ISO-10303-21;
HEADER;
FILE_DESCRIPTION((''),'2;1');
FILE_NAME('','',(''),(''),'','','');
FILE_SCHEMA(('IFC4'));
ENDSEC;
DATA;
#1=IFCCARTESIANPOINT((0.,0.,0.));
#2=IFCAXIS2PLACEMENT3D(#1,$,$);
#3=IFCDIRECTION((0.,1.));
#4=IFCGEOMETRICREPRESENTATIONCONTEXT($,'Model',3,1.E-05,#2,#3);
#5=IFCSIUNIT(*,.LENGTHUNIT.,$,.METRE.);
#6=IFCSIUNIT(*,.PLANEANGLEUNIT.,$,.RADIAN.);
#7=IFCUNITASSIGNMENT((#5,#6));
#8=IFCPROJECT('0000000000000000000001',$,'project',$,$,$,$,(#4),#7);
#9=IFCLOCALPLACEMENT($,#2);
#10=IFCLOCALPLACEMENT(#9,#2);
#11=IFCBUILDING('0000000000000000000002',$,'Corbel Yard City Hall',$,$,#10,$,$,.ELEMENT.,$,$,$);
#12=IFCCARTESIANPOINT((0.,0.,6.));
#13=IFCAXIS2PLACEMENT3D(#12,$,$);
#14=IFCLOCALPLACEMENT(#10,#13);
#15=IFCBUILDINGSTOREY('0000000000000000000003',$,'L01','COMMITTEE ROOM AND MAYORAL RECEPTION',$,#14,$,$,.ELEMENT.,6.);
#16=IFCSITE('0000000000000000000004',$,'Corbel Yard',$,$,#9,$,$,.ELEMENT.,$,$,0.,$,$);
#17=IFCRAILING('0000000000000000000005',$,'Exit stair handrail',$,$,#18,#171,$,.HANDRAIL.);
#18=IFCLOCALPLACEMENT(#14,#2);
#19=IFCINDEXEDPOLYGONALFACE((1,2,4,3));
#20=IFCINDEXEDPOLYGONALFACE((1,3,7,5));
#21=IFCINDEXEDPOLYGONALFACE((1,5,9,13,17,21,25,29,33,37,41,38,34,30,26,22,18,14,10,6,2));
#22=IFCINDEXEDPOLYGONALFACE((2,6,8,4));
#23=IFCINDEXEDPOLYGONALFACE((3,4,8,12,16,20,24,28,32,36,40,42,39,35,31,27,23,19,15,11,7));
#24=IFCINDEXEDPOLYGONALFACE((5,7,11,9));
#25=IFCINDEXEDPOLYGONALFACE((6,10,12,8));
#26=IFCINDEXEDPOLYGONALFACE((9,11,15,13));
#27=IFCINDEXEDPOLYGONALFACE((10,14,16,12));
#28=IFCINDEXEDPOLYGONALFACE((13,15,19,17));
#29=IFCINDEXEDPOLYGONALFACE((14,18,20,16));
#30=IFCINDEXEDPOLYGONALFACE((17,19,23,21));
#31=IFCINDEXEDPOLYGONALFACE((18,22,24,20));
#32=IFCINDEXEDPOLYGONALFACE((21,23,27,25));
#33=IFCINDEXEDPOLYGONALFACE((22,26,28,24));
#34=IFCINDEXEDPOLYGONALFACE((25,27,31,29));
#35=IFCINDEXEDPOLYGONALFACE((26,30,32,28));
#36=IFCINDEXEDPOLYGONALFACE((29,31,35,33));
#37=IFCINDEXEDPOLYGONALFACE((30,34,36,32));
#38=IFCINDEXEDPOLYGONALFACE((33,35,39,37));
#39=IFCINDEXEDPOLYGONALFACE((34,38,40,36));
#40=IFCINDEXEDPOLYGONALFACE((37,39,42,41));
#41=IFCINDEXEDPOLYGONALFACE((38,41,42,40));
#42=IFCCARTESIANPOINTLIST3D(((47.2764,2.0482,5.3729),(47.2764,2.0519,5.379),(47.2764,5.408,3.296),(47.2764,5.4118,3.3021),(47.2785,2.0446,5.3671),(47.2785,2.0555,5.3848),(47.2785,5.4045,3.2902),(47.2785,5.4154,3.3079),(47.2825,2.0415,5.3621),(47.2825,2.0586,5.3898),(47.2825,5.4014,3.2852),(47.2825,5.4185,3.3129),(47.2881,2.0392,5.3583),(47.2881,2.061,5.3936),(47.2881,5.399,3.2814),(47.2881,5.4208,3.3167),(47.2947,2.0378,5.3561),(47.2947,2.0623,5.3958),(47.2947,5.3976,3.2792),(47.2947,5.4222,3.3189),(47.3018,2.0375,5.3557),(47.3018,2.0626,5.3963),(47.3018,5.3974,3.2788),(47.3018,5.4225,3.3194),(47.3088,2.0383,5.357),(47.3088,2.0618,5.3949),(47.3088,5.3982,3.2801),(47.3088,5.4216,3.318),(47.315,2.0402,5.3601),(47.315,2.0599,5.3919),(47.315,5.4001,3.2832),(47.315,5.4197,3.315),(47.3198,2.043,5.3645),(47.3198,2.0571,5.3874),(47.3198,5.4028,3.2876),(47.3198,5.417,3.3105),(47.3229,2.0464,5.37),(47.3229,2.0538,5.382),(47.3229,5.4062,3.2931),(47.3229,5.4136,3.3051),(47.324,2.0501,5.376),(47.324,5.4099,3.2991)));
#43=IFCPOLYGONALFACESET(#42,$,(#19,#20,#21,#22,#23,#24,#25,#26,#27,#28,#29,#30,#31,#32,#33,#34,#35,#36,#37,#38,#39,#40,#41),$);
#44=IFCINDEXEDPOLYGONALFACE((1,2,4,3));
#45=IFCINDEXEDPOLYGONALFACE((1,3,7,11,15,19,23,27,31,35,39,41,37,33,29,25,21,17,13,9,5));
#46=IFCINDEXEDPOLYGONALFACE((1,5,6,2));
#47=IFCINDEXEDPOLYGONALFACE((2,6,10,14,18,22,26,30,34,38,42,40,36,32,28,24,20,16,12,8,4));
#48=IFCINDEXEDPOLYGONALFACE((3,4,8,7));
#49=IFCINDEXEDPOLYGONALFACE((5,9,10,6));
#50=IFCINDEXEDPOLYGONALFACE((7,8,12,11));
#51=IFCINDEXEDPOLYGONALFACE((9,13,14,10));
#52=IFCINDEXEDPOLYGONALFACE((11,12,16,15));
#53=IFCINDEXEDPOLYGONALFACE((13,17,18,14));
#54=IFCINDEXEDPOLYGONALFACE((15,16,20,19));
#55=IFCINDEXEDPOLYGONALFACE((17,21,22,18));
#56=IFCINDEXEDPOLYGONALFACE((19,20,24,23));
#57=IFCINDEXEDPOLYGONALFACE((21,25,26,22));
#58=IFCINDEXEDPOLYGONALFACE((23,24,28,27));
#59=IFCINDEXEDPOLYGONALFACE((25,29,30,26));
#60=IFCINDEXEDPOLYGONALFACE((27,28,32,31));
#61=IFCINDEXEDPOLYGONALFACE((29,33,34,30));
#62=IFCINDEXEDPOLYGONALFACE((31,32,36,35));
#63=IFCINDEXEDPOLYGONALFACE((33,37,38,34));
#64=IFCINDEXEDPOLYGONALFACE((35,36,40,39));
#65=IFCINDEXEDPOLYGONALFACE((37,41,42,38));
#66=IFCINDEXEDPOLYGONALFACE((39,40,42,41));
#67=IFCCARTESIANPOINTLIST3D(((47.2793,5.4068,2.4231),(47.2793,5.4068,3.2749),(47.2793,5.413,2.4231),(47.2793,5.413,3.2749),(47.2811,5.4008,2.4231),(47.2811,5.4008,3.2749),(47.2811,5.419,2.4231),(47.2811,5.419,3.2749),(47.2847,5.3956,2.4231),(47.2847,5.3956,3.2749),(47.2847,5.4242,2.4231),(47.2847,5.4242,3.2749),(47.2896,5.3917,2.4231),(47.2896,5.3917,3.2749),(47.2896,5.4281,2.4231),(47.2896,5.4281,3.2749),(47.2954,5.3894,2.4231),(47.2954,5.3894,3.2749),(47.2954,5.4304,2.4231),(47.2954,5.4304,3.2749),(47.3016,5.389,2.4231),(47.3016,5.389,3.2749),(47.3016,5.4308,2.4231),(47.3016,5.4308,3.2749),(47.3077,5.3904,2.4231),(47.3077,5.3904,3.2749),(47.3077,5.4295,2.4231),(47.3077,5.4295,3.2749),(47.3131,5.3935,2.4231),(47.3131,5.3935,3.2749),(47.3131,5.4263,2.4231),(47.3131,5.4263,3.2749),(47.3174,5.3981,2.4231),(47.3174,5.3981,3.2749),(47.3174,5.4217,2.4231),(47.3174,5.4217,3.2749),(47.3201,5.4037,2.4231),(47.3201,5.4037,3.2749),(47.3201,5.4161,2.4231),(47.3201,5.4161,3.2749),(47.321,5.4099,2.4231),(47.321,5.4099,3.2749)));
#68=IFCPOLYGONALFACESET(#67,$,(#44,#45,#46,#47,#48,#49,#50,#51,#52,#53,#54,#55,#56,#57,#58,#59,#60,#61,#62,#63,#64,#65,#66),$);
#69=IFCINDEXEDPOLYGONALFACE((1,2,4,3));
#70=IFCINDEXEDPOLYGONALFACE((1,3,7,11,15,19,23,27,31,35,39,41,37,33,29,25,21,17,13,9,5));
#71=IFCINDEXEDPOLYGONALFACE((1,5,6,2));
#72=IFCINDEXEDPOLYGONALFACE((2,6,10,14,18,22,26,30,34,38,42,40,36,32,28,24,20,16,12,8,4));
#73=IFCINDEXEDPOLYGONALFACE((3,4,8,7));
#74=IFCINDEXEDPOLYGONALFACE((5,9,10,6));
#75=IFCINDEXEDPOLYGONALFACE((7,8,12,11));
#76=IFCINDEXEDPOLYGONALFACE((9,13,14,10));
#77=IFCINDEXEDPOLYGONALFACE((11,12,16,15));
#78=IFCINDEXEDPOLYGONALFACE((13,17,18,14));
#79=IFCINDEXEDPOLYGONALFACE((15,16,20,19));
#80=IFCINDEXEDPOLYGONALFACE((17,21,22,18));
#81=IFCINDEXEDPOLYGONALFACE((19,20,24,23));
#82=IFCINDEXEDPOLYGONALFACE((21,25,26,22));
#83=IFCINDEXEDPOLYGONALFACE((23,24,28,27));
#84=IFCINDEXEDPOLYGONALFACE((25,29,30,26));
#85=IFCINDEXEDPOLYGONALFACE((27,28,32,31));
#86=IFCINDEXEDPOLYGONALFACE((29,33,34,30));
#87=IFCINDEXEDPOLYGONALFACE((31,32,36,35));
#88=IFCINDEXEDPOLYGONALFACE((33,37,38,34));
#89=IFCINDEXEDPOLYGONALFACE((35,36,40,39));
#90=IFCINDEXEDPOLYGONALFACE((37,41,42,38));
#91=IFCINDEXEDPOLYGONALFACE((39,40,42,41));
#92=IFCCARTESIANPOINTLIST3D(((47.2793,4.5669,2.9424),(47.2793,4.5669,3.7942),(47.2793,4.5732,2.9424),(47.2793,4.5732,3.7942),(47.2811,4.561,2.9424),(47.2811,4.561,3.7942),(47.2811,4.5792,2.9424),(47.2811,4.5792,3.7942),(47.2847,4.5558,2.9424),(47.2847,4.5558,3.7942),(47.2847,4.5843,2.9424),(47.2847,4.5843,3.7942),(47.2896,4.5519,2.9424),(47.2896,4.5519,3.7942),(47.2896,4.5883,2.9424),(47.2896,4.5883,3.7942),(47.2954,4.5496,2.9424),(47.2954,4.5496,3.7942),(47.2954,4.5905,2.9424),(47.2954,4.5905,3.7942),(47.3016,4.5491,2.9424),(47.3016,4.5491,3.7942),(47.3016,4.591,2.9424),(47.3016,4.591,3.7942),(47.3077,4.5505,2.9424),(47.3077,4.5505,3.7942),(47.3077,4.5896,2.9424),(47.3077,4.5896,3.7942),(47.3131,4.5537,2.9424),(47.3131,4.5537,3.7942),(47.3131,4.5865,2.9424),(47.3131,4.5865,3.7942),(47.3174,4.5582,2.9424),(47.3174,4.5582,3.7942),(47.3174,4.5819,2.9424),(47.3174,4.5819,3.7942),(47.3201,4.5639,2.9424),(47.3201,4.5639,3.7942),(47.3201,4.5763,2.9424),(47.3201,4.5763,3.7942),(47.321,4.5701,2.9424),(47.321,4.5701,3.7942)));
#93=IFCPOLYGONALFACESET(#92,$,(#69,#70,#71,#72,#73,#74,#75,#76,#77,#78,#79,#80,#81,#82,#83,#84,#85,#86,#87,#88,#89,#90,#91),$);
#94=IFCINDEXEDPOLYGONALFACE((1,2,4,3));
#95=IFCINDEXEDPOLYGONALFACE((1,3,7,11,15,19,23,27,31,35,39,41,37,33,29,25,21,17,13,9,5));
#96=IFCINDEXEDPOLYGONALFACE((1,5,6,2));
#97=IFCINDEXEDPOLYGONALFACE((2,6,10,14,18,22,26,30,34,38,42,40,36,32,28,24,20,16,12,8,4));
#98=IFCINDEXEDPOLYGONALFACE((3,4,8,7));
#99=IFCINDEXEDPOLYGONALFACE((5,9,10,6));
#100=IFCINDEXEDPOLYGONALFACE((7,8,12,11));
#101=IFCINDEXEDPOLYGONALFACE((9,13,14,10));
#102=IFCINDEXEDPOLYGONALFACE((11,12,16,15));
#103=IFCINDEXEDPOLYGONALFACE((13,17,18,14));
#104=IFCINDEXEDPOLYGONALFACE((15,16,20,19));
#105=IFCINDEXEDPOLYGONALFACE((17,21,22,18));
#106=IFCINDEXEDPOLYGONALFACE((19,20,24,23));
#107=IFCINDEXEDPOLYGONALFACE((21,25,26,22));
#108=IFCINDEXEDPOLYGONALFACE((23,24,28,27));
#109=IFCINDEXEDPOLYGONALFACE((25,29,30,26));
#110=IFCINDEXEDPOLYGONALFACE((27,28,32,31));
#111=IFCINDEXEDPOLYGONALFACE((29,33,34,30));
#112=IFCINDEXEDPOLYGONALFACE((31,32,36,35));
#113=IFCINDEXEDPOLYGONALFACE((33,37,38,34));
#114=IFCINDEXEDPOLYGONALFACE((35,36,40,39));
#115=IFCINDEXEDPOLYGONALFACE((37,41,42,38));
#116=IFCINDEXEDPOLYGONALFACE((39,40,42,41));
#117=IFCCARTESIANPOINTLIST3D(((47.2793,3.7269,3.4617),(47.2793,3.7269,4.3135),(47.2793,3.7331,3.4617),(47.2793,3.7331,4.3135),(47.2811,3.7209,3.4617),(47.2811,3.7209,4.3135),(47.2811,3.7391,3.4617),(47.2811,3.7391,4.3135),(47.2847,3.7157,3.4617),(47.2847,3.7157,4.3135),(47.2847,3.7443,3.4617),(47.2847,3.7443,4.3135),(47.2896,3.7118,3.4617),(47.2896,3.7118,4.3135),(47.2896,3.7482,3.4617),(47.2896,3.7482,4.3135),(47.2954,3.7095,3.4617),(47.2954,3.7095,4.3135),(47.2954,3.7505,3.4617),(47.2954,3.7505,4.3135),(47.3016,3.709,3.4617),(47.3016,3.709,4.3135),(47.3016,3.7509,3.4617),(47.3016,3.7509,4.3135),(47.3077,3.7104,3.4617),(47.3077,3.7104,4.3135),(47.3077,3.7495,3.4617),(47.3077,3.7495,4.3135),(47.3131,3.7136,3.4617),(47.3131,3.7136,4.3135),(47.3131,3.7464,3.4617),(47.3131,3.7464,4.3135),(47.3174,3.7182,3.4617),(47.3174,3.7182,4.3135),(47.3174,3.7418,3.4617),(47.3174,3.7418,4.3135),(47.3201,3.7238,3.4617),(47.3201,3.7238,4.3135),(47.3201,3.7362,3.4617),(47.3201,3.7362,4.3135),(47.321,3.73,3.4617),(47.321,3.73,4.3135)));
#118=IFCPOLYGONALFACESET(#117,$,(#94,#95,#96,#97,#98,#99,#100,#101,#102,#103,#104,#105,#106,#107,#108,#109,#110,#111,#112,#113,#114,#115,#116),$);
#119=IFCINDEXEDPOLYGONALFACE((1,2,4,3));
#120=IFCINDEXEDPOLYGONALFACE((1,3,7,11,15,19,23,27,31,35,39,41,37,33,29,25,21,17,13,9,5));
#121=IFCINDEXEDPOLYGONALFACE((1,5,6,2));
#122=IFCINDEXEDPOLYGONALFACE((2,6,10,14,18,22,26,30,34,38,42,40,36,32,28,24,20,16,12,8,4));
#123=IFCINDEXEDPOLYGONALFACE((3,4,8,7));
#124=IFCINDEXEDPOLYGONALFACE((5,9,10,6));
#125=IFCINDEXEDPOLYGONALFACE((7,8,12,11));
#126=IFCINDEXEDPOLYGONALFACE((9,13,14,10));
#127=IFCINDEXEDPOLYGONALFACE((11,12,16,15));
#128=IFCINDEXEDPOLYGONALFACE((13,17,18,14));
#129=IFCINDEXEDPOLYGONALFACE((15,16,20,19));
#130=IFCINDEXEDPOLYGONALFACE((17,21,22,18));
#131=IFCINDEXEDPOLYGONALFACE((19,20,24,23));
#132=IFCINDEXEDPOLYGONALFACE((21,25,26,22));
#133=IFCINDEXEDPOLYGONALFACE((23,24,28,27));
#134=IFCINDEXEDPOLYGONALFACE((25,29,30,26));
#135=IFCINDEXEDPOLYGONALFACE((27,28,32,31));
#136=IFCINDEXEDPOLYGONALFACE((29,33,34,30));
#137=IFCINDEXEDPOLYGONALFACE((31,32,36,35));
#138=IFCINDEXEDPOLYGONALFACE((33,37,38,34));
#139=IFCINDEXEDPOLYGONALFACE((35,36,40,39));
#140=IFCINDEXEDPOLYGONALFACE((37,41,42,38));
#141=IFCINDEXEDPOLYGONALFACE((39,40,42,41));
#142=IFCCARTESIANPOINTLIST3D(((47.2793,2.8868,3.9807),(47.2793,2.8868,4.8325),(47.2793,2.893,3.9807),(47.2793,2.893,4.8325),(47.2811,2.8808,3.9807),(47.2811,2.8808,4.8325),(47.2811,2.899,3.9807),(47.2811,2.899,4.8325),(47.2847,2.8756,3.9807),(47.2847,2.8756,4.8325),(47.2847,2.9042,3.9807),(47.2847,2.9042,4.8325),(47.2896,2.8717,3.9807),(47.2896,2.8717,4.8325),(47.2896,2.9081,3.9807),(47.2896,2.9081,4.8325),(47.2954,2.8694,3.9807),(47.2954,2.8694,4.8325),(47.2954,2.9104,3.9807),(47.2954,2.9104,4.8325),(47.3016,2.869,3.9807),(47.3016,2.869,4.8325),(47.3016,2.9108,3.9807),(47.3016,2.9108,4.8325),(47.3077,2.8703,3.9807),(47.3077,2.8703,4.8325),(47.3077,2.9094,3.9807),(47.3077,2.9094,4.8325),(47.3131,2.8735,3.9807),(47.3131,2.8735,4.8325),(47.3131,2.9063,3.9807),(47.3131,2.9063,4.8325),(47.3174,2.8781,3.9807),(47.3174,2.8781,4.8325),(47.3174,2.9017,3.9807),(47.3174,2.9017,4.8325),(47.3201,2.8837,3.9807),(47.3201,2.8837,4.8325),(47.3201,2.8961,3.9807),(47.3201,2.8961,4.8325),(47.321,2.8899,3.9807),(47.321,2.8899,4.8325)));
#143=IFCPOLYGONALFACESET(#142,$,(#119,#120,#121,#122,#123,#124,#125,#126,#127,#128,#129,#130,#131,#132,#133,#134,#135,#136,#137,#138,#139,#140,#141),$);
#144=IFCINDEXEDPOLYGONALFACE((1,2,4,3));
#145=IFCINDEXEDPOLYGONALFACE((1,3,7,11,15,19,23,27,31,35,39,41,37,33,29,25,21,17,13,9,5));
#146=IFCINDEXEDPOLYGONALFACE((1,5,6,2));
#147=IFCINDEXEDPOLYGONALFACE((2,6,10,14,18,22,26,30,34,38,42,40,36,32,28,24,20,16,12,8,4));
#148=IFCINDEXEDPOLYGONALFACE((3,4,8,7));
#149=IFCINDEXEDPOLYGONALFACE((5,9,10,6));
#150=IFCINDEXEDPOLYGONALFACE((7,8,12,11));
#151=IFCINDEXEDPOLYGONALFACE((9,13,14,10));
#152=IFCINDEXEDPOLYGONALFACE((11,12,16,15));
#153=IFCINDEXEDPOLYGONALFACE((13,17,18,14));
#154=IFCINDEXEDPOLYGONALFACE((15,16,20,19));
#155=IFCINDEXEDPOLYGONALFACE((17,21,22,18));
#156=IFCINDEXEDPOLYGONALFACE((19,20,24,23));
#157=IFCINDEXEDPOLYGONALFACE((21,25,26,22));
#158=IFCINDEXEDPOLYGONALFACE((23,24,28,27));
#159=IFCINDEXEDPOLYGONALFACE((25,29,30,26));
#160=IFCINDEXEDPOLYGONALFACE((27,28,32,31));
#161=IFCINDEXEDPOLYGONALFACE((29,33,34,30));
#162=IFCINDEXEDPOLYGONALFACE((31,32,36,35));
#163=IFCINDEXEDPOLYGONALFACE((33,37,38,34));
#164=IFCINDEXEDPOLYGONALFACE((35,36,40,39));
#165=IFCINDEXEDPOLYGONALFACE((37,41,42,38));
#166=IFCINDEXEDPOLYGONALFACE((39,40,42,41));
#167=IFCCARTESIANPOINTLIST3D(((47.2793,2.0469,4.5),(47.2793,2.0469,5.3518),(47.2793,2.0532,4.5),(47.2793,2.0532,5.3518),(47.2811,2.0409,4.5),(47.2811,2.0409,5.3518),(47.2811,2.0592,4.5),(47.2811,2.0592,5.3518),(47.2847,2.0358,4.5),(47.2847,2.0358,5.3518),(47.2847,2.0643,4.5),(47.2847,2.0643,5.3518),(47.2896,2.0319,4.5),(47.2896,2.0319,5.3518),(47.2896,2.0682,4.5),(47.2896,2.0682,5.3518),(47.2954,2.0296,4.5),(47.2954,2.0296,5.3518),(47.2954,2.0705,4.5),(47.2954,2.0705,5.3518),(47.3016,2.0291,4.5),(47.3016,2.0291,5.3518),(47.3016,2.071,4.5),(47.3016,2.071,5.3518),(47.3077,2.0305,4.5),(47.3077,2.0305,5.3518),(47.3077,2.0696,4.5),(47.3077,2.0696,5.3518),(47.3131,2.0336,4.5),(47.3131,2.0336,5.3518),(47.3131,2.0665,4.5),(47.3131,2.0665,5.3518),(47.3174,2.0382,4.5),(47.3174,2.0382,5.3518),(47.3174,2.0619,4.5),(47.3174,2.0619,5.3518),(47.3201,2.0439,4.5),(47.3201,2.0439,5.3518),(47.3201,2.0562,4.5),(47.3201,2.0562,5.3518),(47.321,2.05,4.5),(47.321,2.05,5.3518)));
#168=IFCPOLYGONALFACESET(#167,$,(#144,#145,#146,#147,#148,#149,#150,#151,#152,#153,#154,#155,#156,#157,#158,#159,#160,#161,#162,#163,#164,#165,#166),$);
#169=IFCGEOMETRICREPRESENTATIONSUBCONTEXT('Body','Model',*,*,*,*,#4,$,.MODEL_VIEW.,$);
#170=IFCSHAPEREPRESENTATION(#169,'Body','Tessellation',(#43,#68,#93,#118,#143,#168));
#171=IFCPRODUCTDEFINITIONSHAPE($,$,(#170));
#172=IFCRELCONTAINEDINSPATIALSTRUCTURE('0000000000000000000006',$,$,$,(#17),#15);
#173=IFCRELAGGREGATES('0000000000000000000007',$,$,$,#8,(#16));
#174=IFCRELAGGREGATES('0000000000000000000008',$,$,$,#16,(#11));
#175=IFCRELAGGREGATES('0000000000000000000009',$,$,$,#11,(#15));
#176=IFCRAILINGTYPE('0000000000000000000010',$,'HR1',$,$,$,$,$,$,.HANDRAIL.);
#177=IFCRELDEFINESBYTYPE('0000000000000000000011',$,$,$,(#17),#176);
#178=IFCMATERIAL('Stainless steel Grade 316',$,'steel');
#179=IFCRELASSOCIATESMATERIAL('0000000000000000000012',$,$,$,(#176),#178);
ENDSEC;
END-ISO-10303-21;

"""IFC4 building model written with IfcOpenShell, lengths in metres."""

from ifc_helpers import new_model, si_unit, direction, frame, origin, origin_2d, place, context, subcontext, project, spatial, circle, extrude, material, type_object, element, save


model = new_model("IFC4")

# Units and contexts
model_context = context("Model", 3, precision=1e-05, world=origin(), true_north=direction((0.0, 1.0)))
body_context = subcontext(model_context, "Body", "Model", "MODEL_VIEW")
ifc_project = project(units=[si_unit("LENGTHUNIT", "METRE"), si_unit("PLANEANGLEUNIT", "RADIAN")], contexts=[model_context])

# Site, building, storey
site_placement = place(None, origin())
site = spatial("IfcSite", under=ifc_project, at=site_placement, Name="Corbel Yard", CompositionType="ELEMENT", RefElevation=0.0)
building_placement = place(site_placement, origin())
building = spatial("IfcBuilding", under=site, at=building_placement, Name="Corbel Yard City Hall", CompositionType="ELEMENT")
storey_placement = place(building_placement, frame((0.0, 0.0, 6.0)))
storey = spatial("IfcBuildingStorey", under=building, at=storey_placement, Name="L01", Description="COMMITTEE ROOM AND MAYORAL RECEPTION", CompositionType="ELEMENT", Elevation=6.0)

# Shared definitions
ifc_material_1 = material(Name="Stainless steel Grade 316", Category="steel")

# Railing
railing_type = type_object("IfcRailingType", Name="HR1", PredefinedType="HANDRAIL", material=ifc_material_1)
for number, where, name in (
    (1, (47.3, 5.4099, 2.4231), "Exit stair handrail"),
):
    element("IfcRailing", number, at=place(storey_placement, frame(where)), inside=storey, type_object=railing_type, Name=name, PredefinedType="HANDRAIL", context=body_context, shape_type="SweptSolid", body=[
        extrude(circle(Radius=0.0239, at=origin_2d()), frame((0.0, 0.0, 0.876), z_axis=(0.0, -0.850606, 0.525803), x_axis=(1.0, 0.0, 0.0)), (0.0, 0.0, 1.0), 3.95),
        extrude(circle(Radius=0.021, at=origin_2d()), origin(), (0.0, 0.0, 1.0), 0.8518),
        extrude(circle(Radius=0.021, at=origin_2d()), frame((0.0, -0.8398, 0.5193)), (0.0, 0.0, 1.0), 0.8518),
        extrude(circle(Radius=0.021, at=origin_2d()), frame((0.0, -1.6799, 1.0386)), (0.0, 0.0, 1.0), 0.8518),
        extrude(circle(Radius=0.021, at=origin_2d()), frame((0.0, -2.52, 1.5576)), (0.0, 0.0, 1.0), 0.8518),
        extrude(circle(Radius=0.021, at=origin_2d()), frame((0.0, -3.3599, 2.0769)), (0.0, 0.0, 1.0), 0.8518),
    ])

save(model, "model.ifc")
